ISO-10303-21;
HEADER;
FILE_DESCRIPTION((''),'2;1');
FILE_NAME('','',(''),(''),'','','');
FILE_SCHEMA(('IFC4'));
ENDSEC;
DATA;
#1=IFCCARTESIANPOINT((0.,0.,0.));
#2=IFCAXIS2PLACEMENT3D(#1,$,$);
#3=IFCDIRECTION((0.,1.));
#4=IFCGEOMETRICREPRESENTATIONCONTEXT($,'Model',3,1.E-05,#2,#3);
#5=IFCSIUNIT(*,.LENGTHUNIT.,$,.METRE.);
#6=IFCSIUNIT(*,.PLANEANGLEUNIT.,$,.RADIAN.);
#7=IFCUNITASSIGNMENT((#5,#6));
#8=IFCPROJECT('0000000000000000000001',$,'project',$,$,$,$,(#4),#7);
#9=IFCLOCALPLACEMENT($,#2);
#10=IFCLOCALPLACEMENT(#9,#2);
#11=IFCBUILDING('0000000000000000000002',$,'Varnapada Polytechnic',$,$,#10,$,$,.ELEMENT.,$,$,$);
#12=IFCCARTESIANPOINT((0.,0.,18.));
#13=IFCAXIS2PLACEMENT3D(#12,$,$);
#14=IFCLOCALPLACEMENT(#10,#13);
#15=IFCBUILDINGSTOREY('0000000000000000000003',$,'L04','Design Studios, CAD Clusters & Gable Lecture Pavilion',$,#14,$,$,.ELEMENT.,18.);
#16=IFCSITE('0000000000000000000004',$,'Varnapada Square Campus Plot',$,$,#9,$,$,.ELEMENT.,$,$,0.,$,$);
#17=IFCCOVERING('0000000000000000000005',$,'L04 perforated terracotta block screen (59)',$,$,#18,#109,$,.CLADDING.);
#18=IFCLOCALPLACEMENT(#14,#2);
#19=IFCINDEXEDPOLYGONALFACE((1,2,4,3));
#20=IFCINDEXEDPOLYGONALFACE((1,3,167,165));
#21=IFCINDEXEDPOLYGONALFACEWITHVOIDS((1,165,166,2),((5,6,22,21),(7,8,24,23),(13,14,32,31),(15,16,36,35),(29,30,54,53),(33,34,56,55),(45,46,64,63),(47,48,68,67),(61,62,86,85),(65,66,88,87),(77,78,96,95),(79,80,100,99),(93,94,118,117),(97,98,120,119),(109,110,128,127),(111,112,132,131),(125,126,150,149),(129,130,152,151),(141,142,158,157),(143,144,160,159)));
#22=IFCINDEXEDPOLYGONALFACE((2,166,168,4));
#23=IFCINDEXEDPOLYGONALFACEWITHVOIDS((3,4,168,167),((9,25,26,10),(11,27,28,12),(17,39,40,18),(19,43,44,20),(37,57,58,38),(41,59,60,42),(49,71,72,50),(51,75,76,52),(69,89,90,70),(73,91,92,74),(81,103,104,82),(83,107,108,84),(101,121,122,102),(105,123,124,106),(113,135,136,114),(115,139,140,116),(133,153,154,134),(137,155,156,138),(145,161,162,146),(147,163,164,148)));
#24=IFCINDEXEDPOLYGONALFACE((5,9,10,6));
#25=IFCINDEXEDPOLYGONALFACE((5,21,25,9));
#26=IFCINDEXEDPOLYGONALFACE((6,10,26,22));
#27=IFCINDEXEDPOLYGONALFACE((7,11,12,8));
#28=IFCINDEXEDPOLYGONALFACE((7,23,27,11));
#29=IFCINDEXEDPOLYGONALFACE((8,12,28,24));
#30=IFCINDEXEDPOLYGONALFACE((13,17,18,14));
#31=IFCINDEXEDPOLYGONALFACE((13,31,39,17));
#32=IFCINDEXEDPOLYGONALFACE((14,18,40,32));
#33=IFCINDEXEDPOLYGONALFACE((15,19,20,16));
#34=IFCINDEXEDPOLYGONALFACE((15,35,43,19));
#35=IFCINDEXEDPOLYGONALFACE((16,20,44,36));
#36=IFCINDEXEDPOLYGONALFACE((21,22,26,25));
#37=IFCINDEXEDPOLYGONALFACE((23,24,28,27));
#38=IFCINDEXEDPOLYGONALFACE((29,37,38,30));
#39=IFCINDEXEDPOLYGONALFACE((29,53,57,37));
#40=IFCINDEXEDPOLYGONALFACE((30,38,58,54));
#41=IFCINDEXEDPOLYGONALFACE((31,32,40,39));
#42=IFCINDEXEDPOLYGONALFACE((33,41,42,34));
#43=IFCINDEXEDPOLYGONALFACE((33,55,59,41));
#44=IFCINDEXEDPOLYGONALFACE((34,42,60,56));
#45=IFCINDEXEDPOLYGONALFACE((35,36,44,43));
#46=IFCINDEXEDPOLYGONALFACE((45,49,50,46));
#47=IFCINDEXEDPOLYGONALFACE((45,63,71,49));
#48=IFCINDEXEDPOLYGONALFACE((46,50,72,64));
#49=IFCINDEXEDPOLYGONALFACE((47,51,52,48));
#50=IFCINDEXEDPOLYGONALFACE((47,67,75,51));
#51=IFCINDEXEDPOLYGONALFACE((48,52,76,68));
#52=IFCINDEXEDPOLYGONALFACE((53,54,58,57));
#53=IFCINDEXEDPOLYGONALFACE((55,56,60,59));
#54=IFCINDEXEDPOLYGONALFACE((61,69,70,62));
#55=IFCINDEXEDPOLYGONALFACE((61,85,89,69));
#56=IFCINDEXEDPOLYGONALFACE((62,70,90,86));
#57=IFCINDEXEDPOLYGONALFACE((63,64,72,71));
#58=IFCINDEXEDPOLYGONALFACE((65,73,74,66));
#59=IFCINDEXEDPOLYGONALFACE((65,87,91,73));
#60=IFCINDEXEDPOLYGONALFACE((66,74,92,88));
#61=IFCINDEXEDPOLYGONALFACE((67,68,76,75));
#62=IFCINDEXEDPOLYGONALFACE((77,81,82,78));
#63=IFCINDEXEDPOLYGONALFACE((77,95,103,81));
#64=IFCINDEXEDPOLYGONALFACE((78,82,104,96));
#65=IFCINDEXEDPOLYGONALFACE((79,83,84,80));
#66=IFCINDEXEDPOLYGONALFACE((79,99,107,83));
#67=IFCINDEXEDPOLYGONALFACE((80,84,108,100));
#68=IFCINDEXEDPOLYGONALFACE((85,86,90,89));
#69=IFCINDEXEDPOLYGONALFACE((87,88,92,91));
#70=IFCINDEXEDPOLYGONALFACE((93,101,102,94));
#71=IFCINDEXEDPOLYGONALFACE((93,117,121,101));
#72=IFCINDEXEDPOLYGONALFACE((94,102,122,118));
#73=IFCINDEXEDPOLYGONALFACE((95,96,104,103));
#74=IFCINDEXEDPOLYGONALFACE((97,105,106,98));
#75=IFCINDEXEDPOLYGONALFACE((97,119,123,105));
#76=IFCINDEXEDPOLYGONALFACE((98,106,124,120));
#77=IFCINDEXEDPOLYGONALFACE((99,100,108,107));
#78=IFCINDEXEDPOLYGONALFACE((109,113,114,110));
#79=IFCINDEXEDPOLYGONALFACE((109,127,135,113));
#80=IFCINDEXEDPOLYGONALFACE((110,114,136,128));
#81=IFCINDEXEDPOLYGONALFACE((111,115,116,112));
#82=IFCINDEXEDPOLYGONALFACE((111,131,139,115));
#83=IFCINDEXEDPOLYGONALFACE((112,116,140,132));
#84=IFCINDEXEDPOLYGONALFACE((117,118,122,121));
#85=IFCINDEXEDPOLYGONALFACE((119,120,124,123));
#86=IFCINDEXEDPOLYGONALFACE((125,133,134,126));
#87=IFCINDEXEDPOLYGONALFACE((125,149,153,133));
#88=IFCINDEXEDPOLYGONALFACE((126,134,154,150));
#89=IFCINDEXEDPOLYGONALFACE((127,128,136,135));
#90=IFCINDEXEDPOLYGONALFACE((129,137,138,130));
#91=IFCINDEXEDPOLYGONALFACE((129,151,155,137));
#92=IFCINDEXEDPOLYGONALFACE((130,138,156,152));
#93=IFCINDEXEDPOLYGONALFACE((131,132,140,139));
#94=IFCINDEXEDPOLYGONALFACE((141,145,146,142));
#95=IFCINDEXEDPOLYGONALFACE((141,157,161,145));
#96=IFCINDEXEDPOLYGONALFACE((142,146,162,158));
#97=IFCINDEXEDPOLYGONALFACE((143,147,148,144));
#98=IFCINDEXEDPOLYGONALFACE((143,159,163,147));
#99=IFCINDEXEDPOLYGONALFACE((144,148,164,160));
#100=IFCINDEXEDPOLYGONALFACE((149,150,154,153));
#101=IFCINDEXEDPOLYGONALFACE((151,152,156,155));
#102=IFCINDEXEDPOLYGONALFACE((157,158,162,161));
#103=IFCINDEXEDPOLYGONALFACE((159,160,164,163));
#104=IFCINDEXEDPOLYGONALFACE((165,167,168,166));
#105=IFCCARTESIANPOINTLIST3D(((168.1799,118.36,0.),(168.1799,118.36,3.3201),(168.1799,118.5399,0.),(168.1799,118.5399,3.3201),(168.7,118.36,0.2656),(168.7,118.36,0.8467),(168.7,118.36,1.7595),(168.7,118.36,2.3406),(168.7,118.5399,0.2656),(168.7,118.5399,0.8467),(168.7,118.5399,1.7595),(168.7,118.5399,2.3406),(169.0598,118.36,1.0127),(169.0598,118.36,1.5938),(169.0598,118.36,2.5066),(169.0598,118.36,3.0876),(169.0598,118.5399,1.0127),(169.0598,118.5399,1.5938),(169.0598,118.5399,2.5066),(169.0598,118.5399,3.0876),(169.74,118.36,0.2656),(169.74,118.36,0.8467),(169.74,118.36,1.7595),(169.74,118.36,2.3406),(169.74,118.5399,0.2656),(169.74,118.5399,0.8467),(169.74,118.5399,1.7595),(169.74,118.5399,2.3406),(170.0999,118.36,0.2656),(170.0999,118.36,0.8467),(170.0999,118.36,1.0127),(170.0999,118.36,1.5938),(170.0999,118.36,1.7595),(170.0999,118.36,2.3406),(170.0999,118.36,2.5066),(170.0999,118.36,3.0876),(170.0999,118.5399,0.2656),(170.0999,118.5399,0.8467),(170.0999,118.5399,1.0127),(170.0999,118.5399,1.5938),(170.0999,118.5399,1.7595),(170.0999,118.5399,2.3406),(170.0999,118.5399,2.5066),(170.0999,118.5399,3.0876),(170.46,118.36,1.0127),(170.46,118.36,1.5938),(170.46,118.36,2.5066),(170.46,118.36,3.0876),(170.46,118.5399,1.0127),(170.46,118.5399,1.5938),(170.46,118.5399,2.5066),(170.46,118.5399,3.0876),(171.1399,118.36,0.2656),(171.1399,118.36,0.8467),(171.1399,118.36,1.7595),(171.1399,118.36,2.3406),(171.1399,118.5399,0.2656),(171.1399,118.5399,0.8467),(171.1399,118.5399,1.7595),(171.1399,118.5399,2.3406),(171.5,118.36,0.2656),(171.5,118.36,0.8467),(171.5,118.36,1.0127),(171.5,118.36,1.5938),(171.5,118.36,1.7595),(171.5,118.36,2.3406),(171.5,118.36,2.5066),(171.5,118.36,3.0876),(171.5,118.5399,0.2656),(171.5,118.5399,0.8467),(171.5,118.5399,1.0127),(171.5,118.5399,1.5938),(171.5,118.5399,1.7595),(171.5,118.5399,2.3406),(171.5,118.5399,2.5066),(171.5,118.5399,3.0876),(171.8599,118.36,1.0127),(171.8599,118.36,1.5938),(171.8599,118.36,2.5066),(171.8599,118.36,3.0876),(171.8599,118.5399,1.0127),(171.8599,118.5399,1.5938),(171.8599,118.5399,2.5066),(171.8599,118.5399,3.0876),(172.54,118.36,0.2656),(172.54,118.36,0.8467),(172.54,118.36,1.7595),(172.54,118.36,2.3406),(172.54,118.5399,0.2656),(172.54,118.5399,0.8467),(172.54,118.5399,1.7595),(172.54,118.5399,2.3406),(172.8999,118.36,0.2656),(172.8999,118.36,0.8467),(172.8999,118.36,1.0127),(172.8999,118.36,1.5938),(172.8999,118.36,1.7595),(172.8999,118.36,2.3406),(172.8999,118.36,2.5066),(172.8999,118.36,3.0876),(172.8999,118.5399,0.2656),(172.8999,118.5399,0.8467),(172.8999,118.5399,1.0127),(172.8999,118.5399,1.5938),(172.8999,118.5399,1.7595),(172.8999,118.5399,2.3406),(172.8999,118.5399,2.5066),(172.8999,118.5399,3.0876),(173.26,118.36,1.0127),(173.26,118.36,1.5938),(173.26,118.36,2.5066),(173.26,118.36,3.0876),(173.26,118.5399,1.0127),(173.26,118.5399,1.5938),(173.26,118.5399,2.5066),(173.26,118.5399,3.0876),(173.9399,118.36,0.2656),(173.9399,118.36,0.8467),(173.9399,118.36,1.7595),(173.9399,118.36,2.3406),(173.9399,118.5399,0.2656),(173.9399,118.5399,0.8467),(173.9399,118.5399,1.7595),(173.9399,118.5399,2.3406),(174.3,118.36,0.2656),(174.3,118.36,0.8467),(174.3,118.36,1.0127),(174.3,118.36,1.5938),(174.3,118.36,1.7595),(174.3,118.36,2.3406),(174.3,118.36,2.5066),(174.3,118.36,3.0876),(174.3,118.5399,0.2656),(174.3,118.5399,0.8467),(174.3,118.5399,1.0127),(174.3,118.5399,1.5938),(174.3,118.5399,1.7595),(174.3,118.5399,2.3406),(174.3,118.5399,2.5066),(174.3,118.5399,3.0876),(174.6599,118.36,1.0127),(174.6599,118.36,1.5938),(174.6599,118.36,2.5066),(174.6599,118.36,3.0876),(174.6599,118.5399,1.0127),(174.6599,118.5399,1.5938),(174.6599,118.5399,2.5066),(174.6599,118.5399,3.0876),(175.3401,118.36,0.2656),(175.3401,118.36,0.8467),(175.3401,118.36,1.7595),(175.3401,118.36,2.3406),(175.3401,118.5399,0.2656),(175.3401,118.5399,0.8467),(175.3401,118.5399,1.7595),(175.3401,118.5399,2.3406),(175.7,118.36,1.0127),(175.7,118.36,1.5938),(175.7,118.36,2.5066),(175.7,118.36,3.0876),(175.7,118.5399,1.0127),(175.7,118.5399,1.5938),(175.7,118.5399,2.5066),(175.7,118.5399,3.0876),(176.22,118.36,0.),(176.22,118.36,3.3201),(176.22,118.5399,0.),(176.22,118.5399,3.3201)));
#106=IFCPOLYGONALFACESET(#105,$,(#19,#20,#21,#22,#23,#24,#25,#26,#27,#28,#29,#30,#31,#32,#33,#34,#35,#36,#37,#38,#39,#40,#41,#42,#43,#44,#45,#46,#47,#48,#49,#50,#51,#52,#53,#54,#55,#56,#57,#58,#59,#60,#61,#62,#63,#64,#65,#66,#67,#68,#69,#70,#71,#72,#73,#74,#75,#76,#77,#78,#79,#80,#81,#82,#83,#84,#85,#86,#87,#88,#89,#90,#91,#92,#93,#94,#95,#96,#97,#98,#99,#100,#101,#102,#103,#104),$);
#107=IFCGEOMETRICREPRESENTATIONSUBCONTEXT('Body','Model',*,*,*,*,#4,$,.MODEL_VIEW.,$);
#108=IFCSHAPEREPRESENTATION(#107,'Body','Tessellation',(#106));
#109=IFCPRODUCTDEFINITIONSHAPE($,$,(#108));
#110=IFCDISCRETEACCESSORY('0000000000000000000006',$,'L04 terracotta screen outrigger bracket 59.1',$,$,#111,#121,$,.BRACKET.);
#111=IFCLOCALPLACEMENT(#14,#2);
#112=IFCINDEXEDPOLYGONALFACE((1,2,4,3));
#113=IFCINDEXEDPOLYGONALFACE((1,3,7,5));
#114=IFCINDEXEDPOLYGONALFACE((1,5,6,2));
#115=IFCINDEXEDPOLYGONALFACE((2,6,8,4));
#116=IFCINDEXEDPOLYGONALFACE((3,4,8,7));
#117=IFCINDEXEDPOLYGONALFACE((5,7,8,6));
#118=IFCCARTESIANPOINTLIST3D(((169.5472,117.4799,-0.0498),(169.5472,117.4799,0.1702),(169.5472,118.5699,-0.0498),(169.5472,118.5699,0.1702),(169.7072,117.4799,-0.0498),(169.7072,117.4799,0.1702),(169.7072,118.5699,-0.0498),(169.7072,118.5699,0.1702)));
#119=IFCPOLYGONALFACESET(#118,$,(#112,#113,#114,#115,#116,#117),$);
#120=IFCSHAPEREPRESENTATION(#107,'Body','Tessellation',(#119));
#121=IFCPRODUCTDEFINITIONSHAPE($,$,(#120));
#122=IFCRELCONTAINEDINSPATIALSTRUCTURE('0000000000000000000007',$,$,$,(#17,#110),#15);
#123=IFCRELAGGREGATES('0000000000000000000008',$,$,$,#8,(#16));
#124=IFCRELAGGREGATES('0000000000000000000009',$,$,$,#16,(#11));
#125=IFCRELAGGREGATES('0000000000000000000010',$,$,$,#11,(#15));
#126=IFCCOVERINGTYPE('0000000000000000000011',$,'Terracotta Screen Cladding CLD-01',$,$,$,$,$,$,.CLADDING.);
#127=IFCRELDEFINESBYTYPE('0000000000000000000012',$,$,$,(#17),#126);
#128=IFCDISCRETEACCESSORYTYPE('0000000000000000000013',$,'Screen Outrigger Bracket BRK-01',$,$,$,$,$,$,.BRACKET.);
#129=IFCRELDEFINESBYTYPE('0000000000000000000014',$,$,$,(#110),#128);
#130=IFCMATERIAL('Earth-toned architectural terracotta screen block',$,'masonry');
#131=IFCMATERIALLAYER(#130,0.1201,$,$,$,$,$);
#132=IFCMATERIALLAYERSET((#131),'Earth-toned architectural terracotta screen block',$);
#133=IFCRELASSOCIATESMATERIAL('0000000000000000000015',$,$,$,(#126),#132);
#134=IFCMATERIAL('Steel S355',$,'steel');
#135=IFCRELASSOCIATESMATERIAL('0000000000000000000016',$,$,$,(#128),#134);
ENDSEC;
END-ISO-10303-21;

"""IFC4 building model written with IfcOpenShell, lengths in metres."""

from ifc_helpers import new_model, si_unit, direction, frame, frame_2d, origin, origin_2d, place, context, subcontext, project, spatial, rectangle, extrude, material, layer, layer_set, type_object, element, save


model = new_model("IFC4")

# Units and contexts
model_context = context("Model", 3, precision=1e-05, world=origin(), true_north=direction((0.0, 1.0)))
body_context = subcontext(model_context, "Body", "Model", "MODEL_VIEW")
ifc_project = project(units=[si_unit("LENGTHUNIT", "METRE"), si_unit("PLANEANGLEUNIT", "RADIAN")], contexts=[model_context])

# Site, building, storey
site_placement = place(None, origin())
site = spatial("IfcSite", under=ifc_project, at=site_placement, Name="Varnapada Square Campus Plot", CompositionType="ELEMENT", RefElevation=0.0)
building_placement = place(site_placement, origin())
building = spatial("IfcBuilding", under=site, at=building_placement, Name="Varnapada Polytechnic", CompositionType="ELEMENT")
storey_placement = place(building_placement, frame((0.0, 0.0, 18.0)))
storey = spatial("IfcBuildingStorey", under=building, at=storey_placement, Name="L04", Description="Design Studios, CAD Clusters & Gable Lecture Pavilion", CompositionType="ELEMENT", Elevation=18.0)

# Covering, openings
ifc_material_1 = material(Name="Earth-toned architectural terracotta screen block", Category="masonry")
ifc_layer_1 = layer(ifc_material_1, 0.1201)
ifc_layer_set_1 = layer_set([ifc_layer_1], Name="Earth-toned architectural terracotta screen block")
covering_type_1 = type_object("IfcCoveringType", Name="Terracotta Screen Cladding CLD-01", PredefinedType="CLADDING", material=ifc_layer_set_1)
covering_1_placement = place(storey_placement, frame((168.1799, 118.45, 0.0), z_axis=(0.0, 0.0, 1.0), x_axis=(1.0, 0.0, 0.0)))
covering_1 = element("IfcCovering", 1, at=covering_1_placement, inside=storey, type_object=covering_type_1, Name="L04 perforated terracotta block screen (59)", PredefinedType="CLADDING", context=body_context, shape_type="SweptSolid", body=[
    extrude(rectangle(XDim=8.04, YDim=0.1799, at=frame_2d((4.02, 0.0))), origin(), (0.0, 0.0, 1.0), 3.3201),
])
opening_1_placement = place(covering_1_placement, frame((0.52, 0.0, 0.2656)))
element("IfcOpeningElement", 2, at=opening_1_placement, cuts=covering_1, PredefinedType="OPENING", context=body_context, shape_type="SweptSolid", body=[
    extrude(rectangle(XDim=1.04, YDim=0.5811, at=frame_2d((0.52, 0.2905))), frame((0.0, 0.0999, 0.0), z_axis=(0.0, -1.0, 0.0), x_axis=(1.0, 0.0, 0.0)), (0.0, 0.0, 1.0), 0.2),
])
opening_2_placement = place(covering_1_placement, frame((1.9199, 0.0, 0.2656)))
element("IfcOpeningElement", 3, at=opening_2_placement, cuts=covering_1, PredefinedType="OPENING", context=body_context, shape_type="SweptSolid", body=[
    extrude(rectangle(XDim=1.04, YDim=0.5811, at=frame_2d((0.52, 0.2905))), frame((0.0, 0.0999, 0.0), z_axis=(0.0, -1.0, 0.0), x_axis=(1.0, 0.0, 0.0)), (0.0, 0.0, 1.0), 0.2),
])
opening_3_placement = place(covering_1_placement, frame((3.3201, 0.0, 0.2656)))
element("IfcOpeningElement", 4, at=opening_3_placement, cuts=covering_1, PredefinedType="OPENING", context=body_context, shape_type="SweptSolid", body=[
    extrude(rectangle(XDim=1.04, YDim=0.5811, at=frame_2d((0.52, 0.2905))), frame((0.0, 0.0999, 0.0), z_axis=(0.0, -1.0, 0.0), x_axis=(1.0, 0.0, 0.0)), (0.0, 0.0, 1.0), 0.2),
])
opening_4_placement = place(covering_1_placement, frame((4.72, 0.0, 0.2656)))
element("IfcOpeningElement", 5, at=opening_4_placement, cuts=covering_1, PredefinedType="OPENING", context=body_context, shape_type="SweptSolid", body=[
    extrude(rectangle(XDim=1.04, YDim=0.5811, at=frame_2d((0.52, 0.2905))), frame((0.0, 0.0999, 0.0), z_axis=(0.0, -1.0, 0.0), x_axis=(1.0, 0.0, 0.0)), (0.0, 0.0, 1.0), 0.2),
])
opening_5_placement = place(covering_1_placement, frame((6.1201, 0.0, 0.2656)))
element("IfcOpeningElement", 6, at=opening_5_placement, cuts=covering_1, PredefinedType="OPENING", context=body_context, shape_type="SweptSolid", body=[
    extrude(rectangle(XDim=1.04, YDim=0.5811, at=frame_2d((0.52, 0.2905))), frame((0.0, 0.0999, 0.0), z_axis=(0.0, -1.0, 0.0), x_axis=(1.0, 0.0, 0.0)), (0.0, 0.0, 1.0), 0.2),
])
opening_6_placement = place(covering_1_placement, frame((0.8799, 0.0, 1.0127)))
element("IfcOpeningElement", 7, at=opening_6_placement, cuts=covering_1, PredefinedType="OPENING", context=body_context, shape_type="SweptSolid", body=[
    extrude(rectangle(XDim=1.04, YDim=0.5811, at=frame_2d((0.52, 0.2905))), frame((0.0, 0.0999, 0.0), z_axis=(0.0, -1.0, 0.0), x_axis=(1.0, 0.0, 0.0)), (0.0, 0.0, 1.0), 0.2),
])
opening_7_placement = place(covering_1_placement, frame((2.28, 0.0, 1.0127)))
element("IfcOpeningElement", 8, at=opening_7_placement, cuts=covering_1, PredefinedType="OPENING", context=body_context, shape_type="SweptSolid", body=[
    extrude(rectangle(XDim=1.04, YDim=0.5811, at=frame_2d((0.52, 0.2905))), frame((0.0, 0.0999, 0.0), z_axis=(0.0, -1.0, 0.0), x_axis=(1.0, 0.0, 0.0)), (0.0, 0.0, 1.0), 0.2),
])
opening_8_placement = place(covering_1_placement, frame((3.6799, 0.0, 1.0127)))
element("IfcOpeningElement", 9, at=opening_8_placement, cuts=covering_1, PredefinedType="OPENING", context=body_context, shape_type="SweptSolid", body=[
    extrude(rectangle(XDim=1.04, YDim=0.5811, at=frame_2d((0.52, 0.2905))), frame((0.0, 0.0999, 0.0), z_axis=(0.0, -1.0, 0.0), x_axis=(1.0, 0.0, 0.0)), (0.0, 0.0, 1.0), 0.2),
])
opening_9_placement = place(covering_1_placement, frame((5.0801, 0.0, 1.0127)))
element("IfcOpeningElement", 10, at=opening_9_placement, cuts=covering_1, PredefinedType="OPENING", context=body_context, shape_type="SweptSolid", body=[
    extrude(rectangle(XDim=1.04, YDim=0.5811, at=frame_2d((0.52, 0.2905))), frame((0.0, 0.0999, 0.0), z_axis=(0.0, -1.0, 0.0), x_axis=(1.0, 0.0, 0.0)), (0.0, 0.0, 1.0), 0.2),
])
opening_10_placement = place(covering_1_placement, frame((6.48, 0.0, 1.0127)))
element("IfcOpeningElement", 11, at=opening_10_placement, cuts=covering_1, PredefinedType="OPENING", context=body_context, shape_type="SweptSolid", body=[
    extrude(rectangle(XDim=1.04, YDim=0.5811, at=frame_2d((0.52, 0.2905))), frame((0.0, 0.0999, 0.0), z_axis=(0.0, -1.0, 0.0), x_axis=(1.0, 0.0, 0.0)), (0.0, 0.0, 1.0), 0.2),
])
opening_11_placement = place(covering_1_placement, frame((0.52, 0.0, 1.7595)))
element("IfcOpeningElement", 12, at=opening_11_placement, cuts=covering_1, PredefinedType="OPENING", context=body_context, shape_type="SweptSolid", body=[
    extrude(rectangle(XDim=1.04, YDim=0.5811, at=frame_2d((0.52, 0.2905))), frame((0.0, 0.0999, 0.0), z_axis=(0.0, -1.0, 0.0), x_axis=(1.0, 0.0, 0.0)), (0.0, 0.0, 1.0), 0.2),
])
opening_12_placement = place(covering_1_placement, frame((1.9199, 0.0, 1.7595)))
element("IfcOpeningElement", 13, at=opening_12_placement, cuts=covering_1, PredefinedType="OPENING", context=body_context, shape_type="SweptSolid", body=[
    extrude(rectangle(XDim=1.04, YDim=0.5811, at=frame_2d((0.52, 0.2905))), frame((0.0, 0.0999, 0.0), z_axis=(0.0, -1.0, 0.0), x_axis=(1.0, 0.0, 0.0)), (0.0, 0.0, 1.0), 0.2),
])
opening_13_placement = place(covering_1_placement, frame((3.3201, 0.0, 1.7595)))
element("IfcOpeningElement", 14, at=opening_13_placement, cuts=covering_1, PredefinedType="OPENING", context=body_context, shape_type="SweptSolid", body=[
    extrude(rectangle(XDim=1.04, YDim=0.5811, at=frame_2d((0.52, 0.2905))), frame((0.0, 0.0999, 0.0), z_axis=(0.0, -1.0, 0.0), x_axis=(1.0, 0.0, 0.0)), (0.0, 0.0, 1.0), 0.2),
])
opening_14_placement = place(covering_1_placement, frame((4.72, 0.0, 1.7595)))
element("IfcOpeningElement", 15, at=opening_14_placement, cuts=covering_1, PredefinedType="OPENING", context=body_context, shape_type="SweptSolid", body=[
    extrude(rectangle(XDim=1.04, YDim=0.5811, at=frame_2d((0.52, 0.2905))), frame((0.0, 0.0999, 0.0), z_axis=(0.0, -1.0, 0.0), x_axis=(1.0, 0.0, 0.0)), (0.0, 0.0, 1.0), 0.2),
])
opening_15_placement = place(covering_1_placement, frame((6.1201, 0.0, 1.7595)))
element("IfcOpeningElement", 16, at=opening_15_placement, cuts=covering_1, PredefinedType="OPENING", context=body_context, shape_type="SweptSolid", body=[
    extrude(rectangle(XDim=1.04, YDim=0.5811, at=frame_2d((0.52, 0.2905))), frame((0.0, 0.0999, 0.0), z_axis=(0.0, -1.0, 0.0), x_axis=(1.0, 0.0, 0.0)), (0.0, 0.0, 1.0), 0.2),
])
opening_16_placement = place(covering_1_placement, frame((0.8799, 0.0, 2.5066)))
element("IfcOpeningElement", 17, at=opening_16_placement, cuts=covering_1, PredefinedType="OPENING", context=body_context, shape_type="SweptSolid", body=[
    extrude(rectangle(XDim=1.04, YDim=0.5811, at=frame_2d((0.52, 0.2905))), frame((0.0, 0.0999, 0.0), z_axis=(0.0, -1.0, 0.0), x_axis=(1.0, 0.0, 0.0)), (0.0, 0.0, 1.0), 0.2),
])
opening_17_placement = place(covering_1_placement, frame((2.28, 0.0, 2.5066)))
element("IfcOpeningElement", 18, at=opening_17_placement, cuts=covering_1, PredefinedType="OPENING", context=body_context, shape_type="SweptSolid", body=[
    extrude(rectangle(XDim=1.04, YDim=0.5811, at=frame_2d((0.52, 0.2905))), frame((0.0, 0.0999, 0.0), z_axis=(0.0, -1.0, 0.0), x_axis=(1.0, 0.0, 0.0)), (0.0, 0.0, 1.0), 0.2),
])
opening_18_placement = place(covering_1_placement, frame((3.6799, 0.0, 2.5066)))
element("IfcOpeningElement", 19, at=opening_18_placement, cuts=covering_1, PredefinedType="OPENING", context=body_context, shape_type="SweptSolid", body=[
    extrude(rectangle(XDim=1.04, YDim=0.5811, at=frame_2d((0.52, 0.2905))), frame((0.0, 0.0999, 0.0), z_axis=(0.0, -1.0, 0.0), x_axis=(1.0, 0.0, 0.0)), (0.0, 0.0, 1.0), 0.2),
])
opening_19_placement = place(covering_1_placement, frame((5.0801, 0.0, 2.5066)))
element("IfcOpeningElement", 20, at=opening_19_placement, cuts=covering_1, PredefinedType="OPENING", context=body_context, shape_type="SweptSolid", body=[
    extrude(rectangle(XDim=1.04, YDim=0.5811, at=frame_2d((0.52, 0.2905))), frame((0.0, 0.0999, 0.0), z_axis=(0.0, -1.0, 0.0), x_axis=(1.0, 0.0, 0.0)), (0.0, 0.0, 1.0), 0.2),
])
opening_20_placement = place(covering_1_placement, frame((6.48, 0.0, 2.5066)))
element("IfcOpeningElement", 21, at=opening_20_placement, cuts=covering_1, PredefinedType="OPENING", context=body_context, shape_type="SweptSolid", body=[
    extrude(rectangle(XDim=1.04, YDim=0.5811, at=frame_2d((0.52, 0.2905))), frame((0.0, 0.0999, 0.0), z_axis=(0.0, -1.0, 0.0), x_axis=(1.0, 0.0, 0.0)), (0.0, 0.0, 1.0), 0.2),
])

# Discrete accessory
ifc_material_2 = material(Name="Steel S355", Category="steel")
discrete_accessory_type = type_object("IfcDiscreteAccessoryType", Name="Screen Outrigger Bracket BRK-01", PredefinedType="BRACKET", material=ifc_material_2)
for number, where, z_axis, x_axis, name in (
    (22, (169.6272, 118.0249, -0.0498), (0.0, 0.0, 1.0), (1.0, 0.0, 0.0), "L04 terracotta screen outrigger bracket 59.1"),
):
    element("IfcDiscreteAccessory", number, at=place(storey_placement, frame(where, z_axis=z_axis, x_axis=x_axis)), inside=storey, type_object=discrete_accessory_type, Name=name, PredefinedType="BRACKET", context=body_context, shape_type="SweptSolid", body=[
        extrude(rectangle(XDim=0.1599, YDim=1.0901, at=origin_2d()), origin(), (0.0, 0.0, 1.0), 0.22),
    ])

save(model, "model.ifc")
